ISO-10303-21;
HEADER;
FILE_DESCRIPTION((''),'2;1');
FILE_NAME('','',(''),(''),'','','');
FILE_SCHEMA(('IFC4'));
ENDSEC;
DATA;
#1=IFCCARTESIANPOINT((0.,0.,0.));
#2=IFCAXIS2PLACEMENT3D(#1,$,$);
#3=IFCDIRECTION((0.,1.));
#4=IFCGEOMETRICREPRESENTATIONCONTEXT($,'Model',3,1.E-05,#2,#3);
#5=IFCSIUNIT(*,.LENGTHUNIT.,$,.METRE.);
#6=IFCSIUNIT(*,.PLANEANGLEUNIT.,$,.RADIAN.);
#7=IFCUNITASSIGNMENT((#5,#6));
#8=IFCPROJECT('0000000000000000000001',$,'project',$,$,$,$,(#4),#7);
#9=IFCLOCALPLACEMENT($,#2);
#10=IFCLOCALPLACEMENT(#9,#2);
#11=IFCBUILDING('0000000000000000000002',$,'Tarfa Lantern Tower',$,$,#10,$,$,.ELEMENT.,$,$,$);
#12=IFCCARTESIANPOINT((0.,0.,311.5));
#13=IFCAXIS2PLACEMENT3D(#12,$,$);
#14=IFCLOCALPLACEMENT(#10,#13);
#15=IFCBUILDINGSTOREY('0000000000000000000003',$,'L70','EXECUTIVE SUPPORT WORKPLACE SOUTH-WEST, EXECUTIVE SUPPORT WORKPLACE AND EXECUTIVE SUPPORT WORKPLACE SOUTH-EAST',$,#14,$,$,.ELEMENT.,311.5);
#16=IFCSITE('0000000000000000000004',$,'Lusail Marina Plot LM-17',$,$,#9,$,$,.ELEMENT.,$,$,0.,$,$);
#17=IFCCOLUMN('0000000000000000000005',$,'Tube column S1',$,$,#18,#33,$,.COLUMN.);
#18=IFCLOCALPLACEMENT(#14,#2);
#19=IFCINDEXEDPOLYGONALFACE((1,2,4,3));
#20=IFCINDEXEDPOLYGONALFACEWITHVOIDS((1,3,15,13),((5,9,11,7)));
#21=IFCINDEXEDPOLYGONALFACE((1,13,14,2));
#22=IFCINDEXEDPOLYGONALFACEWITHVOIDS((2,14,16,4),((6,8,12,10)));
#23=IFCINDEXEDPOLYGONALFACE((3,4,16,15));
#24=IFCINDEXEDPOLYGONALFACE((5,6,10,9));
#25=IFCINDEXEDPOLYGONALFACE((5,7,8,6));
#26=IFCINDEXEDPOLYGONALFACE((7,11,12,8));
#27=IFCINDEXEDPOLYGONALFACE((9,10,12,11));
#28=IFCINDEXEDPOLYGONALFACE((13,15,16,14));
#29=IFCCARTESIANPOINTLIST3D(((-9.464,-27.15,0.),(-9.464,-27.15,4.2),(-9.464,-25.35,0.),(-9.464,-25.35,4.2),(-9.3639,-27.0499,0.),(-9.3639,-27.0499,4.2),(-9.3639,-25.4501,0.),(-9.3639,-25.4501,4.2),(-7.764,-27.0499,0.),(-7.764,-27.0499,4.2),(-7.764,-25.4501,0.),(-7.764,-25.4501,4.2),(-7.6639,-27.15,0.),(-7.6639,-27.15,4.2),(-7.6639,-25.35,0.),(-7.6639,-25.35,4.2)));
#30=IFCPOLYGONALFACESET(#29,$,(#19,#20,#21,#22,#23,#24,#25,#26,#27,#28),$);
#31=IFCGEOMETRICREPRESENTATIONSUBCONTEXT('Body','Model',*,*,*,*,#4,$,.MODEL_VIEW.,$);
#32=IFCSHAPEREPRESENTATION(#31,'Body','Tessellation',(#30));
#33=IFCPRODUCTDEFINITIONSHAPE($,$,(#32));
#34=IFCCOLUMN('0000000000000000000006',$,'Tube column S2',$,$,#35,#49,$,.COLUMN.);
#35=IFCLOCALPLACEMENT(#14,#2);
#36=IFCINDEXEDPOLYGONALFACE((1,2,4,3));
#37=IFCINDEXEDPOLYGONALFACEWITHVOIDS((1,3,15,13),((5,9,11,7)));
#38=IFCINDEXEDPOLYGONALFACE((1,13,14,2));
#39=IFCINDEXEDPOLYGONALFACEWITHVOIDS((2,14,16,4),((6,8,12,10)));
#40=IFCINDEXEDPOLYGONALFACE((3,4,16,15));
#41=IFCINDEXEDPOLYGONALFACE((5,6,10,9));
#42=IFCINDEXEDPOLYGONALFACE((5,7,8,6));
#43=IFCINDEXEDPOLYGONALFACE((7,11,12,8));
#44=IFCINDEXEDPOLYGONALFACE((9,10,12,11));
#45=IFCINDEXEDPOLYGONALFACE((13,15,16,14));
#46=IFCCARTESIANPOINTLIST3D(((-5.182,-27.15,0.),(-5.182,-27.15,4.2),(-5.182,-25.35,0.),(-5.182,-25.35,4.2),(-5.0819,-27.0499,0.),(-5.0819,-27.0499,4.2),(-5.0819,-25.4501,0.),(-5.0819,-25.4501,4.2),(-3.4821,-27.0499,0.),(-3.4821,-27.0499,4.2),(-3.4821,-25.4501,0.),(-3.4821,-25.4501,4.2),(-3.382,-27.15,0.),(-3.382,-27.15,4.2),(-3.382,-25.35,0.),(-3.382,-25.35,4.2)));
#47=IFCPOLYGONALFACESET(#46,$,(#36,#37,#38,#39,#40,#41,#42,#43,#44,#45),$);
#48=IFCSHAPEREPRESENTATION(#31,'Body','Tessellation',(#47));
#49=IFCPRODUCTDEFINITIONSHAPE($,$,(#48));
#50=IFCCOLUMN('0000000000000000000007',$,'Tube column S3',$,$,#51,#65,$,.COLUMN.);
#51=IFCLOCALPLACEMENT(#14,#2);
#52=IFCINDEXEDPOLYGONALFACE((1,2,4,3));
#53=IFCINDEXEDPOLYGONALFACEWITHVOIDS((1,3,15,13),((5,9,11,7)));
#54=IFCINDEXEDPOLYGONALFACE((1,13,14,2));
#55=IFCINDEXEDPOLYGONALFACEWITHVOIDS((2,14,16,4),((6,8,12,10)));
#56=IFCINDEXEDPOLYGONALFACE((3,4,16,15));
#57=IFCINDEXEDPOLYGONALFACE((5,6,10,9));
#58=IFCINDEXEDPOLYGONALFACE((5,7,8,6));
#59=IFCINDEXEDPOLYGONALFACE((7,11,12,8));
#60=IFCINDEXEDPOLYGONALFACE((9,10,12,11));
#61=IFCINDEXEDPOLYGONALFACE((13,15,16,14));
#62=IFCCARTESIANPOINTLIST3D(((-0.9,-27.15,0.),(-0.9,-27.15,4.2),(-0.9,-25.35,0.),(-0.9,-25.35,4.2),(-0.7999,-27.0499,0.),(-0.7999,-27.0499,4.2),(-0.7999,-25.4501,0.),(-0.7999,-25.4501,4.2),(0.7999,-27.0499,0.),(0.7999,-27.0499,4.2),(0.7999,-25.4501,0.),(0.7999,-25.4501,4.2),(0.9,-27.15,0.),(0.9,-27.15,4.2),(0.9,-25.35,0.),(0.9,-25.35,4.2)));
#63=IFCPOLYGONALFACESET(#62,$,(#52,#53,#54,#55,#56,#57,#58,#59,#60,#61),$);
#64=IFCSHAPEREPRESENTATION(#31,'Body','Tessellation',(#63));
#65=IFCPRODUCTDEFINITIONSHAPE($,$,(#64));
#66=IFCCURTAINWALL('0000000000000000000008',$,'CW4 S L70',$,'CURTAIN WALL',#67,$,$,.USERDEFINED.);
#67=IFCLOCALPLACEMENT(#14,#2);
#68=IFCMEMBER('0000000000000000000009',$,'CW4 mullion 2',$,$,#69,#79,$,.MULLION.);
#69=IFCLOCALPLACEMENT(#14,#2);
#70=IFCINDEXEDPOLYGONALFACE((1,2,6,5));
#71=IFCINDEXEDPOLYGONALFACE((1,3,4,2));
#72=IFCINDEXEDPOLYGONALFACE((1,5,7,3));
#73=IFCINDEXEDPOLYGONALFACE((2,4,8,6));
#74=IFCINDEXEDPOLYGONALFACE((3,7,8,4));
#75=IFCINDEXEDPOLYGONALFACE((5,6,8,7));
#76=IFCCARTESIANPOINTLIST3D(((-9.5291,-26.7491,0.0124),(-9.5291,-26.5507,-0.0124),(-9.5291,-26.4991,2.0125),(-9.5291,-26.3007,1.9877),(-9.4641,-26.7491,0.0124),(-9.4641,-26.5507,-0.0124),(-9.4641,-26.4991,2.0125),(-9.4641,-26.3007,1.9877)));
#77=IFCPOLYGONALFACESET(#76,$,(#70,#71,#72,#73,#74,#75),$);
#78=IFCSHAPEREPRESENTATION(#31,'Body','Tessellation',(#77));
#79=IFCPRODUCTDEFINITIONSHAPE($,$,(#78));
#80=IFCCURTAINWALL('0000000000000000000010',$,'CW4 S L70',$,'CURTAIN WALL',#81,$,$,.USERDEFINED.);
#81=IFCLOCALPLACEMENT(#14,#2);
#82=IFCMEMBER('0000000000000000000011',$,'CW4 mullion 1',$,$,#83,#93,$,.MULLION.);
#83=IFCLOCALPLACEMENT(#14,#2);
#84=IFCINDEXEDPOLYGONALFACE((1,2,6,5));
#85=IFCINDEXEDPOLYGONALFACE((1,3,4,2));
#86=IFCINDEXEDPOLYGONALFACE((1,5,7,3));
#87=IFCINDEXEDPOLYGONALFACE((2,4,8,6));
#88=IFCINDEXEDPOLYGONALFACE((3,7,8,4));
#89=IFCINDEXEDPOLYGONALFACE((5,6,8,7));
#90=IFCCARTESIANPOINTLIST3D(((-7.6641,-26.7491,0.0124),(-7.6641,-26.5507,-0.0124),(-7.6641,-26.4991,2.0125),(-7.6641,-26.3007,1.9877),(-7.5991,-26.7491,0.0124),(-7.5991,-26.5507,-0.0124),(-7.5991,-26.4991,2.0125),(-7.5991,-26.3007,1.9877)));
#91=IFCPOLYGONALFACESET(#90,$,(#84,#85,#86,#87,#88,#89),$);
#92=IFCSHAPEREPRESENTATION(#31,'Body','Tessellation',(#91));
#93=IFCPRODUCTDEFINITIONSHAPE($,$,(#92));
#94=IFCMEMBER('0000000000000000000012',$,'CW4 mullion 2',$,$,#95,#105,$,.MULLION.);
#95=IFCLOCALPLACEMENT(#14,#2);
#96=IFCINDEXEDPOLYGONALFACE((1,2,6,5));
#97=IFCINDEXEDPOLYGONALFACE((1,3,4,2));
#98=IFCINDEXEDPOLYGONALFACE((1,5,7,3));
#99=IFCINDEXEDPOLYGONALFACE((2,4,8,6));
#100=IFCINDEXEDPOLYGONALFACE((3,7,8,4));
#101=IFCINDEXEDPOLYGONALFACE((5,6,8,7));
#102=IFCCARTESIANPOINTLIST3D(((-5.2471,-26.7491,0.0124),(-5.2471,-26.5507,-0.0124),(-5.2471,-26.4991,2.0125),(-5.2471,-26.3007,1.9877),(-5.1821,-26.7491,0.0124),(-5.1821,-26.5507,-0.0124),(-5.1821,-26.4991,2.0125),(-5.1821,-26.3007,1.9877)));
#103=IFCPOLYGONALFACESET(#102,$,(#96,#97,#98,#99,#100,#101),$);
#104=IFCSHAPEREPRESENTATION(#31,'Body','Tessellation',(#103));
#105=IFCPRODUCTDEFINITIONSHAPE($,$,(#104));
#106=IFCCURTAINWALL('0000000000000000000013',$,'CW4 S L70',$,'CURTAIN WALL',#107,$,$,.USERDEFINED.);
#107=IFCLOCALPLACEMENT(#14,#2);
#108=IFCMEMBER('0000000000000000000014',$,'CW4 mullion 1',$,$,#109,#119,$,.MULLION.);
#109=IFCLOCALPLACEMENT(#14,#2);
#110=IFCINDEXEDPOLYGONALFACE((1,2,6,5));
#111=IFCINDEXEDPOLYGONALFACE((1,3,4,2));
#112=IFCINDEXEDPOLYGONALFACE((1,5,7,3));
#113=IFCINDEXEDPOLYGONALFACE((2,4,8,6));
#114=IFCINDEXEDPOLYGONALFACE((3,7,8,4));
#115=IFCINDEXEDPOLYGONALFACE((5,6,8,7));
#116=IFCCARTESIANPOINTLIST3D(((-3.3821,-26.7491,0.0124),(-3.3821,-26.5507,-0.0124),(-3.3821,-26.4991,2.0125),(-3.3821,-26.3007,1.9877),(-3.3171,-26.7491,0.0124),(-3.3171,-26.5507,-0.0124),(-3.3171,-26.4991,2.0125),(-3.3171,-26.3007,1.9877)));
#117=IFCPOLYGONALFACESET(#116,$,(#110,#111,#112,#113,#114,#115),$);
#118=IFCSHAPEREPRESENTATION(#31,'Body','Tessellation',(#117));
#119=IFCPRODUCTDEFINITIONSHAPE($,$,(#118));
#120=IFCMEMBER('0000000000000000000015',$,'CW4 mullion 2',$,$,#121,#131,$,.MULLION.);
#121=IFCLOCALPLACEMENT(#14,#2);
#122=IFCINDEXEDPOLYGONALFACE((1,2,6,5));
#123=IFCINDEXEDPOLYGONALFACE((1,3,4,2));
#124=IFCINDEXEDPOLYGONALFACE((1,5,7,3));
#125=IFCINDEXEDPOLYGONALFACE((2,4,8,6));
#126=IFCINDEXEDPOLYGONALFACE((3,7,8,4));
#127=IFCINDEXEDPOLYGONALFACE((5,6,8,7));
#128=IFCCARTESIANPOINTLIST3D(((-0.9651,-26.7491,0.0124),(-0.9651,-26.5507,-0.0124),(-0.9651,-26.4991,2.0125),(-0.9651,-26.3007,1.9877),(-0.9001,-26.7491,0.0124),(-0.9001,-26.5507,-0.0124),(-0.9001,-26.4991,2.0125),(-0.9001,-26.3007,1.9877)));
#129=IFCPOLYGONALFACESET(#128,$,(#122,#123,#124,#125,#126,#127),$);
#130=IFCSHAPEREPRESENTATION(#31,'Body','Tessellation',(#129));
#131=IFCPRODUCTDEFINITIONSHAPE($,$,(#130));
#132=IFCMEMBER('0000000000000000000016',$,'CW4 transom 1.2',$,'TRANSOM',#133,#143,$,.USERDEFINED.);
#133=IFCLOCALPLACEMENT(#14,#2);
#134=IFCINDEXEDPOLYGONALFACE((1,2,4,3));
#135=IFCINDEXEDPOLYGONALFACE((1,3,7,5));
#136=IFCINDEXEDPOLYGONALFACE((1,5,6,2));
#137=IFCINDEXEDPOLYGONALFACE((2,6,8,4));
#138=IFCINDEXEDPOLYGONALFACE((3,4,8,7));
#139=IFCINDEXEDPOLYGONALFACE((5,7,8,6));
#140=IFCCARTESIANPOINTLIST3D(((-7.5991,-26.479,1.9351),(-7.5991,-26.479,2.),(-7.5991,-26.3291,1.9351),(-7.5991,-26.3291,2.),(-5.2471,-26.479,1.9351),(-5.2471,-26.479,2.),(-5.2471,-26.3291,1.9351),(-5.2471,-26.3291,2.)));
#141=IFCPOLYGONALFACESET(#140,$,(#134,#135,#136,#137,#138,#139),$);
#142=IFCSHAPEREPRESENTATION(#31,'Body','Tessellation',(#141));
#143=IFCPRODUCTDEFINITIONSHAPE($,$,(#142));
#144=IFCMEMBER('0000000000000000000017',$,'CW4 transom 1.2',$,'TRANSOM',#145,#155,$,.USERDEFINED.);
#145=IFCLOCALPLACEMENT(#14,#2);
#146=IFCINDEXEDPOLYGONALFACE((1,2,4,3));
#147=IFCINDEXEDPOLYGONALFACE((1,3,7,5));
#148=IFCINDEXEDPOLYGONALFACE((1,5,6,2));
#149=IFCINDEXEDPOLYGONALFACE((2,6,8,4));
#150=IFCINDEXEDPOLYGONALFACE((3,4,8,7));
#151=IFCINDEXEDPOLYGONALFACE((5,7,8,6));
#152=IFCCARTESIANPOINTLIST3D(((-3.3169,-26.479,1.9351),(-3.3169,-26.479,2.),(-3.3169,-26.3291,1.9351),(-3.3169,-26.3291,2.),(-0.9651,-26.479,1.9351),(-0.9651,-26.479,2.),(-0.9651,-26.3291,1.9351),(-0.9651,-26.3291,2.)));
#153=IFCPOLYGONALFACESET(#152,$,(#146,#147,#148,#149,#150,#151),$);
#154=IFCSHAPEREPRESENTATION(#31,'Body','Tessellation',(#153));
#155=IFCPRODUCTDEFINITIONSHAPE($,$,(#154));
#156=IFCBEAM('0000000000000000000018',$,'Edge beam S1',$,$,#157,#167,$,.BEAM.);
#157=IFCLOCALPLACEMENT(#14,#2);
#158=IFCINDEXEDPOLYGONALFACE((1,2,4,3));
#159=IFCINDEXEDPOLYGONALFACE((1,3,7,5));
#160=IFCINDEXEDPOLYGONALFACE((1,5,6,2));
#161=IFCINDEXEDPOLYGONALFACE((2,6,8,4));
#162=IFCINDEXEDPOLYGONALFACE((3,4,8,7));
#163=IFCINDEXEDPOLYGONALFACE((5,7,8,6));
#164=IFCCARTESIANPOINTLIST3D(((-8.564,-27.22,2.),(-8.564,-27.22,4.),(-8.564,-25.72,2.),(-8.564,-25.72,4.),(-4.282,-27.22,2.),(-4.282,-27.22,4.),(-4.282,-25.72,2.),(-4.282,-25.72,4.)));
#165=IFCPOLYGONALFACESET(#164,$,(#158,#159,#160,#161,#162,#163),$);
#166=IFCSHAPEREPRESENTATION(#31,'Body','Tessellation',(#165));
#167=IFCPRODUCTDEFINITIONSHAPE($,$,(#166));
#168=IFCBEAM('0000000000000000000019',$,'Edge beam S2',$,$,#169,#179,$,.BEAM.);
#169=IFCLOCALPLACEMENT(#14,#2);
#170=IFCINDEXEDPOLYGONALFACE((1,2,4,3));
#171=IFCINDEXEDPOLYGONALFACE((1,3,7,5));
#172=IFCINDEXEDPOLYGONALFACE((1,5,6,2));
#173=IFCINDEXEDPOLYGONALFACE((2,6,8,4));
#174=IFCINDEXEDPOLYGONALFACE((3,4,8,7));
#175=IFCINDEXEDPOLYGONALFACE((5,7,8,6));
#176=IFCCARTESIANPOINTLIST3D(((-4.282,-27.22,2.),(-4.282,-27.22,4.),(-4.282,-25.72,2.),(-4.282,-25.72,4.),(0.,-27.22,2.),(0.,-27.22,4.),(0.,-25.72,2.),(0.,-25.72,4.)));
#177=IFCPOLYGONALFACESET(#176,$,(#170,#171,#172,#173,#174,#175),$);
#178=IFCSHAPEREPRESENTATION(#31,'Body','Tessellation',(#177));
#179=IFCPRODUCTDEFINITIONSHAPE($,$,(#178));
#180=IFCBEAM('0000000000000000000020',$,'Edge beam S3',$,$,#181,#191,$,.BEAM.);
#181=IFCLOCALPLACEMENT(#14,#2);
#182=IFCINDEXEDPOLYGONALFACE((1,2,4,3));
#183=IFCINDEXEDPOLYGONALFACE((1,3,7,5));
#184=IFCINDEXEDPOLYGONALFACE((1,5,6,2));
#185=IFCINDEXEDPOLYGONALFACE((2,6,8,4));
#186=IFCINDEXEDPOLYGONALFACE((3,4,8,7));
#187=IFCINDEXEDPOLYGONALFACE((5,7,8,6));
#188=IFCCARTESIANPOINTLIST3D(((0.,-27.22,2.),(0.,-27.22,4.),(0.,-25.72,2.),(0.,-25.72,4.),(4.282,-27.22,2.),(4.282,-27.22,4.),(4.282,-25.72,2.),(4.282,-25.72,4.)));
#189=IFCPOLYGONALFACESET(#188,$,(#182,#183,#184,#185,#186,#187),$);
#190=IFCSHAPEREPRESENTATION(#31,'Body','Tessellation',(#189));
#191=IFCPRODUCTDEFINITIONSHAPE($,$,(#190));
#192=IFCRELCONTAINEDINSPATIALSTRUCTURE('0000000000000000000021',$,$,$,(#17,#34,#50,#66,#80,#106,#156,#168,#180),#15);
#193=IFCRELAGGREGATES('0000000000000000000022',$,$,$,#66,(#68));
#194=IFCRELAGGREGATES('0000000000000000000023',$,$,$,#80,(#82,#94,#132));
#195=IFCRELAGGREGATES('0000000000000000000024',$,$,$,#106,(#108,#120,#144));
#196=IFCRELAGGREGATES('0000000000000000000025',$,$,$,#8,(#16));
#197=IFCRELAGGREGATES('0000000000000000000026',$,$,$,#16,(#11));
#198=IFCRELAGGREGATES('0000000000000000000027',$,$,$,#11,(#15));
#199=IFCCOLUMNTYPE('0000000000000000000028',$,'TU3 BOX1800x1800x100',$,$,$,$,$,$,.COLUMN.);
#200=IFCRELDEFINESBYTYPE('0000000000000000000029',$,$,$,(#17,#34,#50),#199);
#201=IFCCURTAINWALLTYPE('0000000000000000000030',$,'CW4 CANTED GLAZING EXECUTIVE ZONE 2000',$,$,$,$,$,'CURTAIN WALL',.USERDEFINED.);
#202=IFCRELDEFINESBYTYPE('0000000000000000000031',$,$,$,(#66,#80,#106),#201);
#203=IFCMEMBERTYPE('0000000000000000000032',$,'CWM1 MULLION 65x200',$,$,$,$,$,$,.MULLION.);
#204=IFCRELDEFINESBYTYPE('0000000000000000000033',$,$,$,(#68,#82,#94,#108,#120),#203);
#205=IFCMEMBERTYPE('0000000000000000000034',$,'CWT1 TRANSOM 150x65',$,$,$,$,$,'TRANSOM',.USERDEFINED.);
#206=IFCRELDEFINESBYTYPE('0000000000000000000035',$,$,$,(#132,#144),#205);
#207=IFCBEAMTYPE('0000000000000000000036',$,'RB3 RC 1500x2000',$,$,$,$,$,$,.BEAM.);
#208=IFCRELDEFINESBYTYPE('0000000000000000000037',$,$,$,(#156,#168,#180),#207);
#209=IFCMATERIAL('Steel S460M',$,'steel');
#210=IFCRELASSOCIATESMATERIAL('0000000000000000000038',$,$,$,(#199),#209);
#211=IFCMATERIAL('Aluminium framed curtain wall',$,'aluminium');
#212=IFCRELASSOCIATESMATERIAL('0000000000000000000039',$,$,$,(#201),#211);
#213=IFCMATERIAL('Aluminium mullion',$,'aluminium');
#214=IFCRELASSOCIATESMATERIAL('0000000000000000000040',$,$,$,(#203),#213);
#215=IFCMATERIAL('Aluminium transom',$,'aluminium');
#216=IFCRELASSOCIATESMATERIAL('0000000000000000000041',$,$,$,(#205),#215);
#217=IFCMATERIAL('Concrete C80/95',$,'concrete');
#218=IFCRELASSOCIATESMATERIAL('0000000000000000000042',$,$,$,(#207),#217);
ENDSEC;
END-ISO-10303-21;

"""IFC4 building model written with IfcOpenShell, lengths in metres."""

from ifc_helpers import new_model, si_unit, direction, frame, origin, origin_2d, place, context, subcontext, project, spatial, rectangle, hollow_rectangle, extrude, material, material_profile, profile_set, type_object, element, aggregate, save


model = new_model("IFC4")

# Units and contexts
model_context = context("Model", 3, precision=1e-05, world=origin(), true_north=direction((0.0, 1.0)))
body_context = subcontext(model_context, "Body", "Model", "MODEL_VIEW")
ifc_project = project(units=[si_unit("LENGTHUNIT", "METRE"), si_unit("PLANEANGLEUNIT", "RADIAN")], contexts=[model_context])

# Site, building, storey
site_placement = place(None, origin())
site = spatial("IfcSite", under=ifc_project, at=site_placement, Name="Lusail Marina Plot LM-17", CompositionType="ELEMENT", RefElevation=0.0)
building_placement = place(site_placement, origin())
building = spatial("IfcBuilding", under=site, at=building_placement, Name="Tarfa Lantern Tower", CompositionType="ELEMENT")
storey_placement = place(building_placement, frame((0.0, 0.0, 311.5)))
storey = spatial("IfcBuildingStorey", under=building, at=storey_placement, Name="L70", Description="EXECUTIVE SUPPORT WORKPLACE SOUTH-WEST, EXECUTIVE SUPPORT WORKPLACE AND EXECUTIVE SUPPORT WORKPLACE SOUTH-EAST", CompositionType="ELEMENT", Elevation=311.5)

# Columns
ifc_material_1 = material(Name="Steel S460M", Category="steel")
ifc_material_profile_1 = material_profile(ifc_material_1, hollow_rectangle(XDim=1.8, YDim=1.8, WallThickness=0.1001, at=origin_2d()), Name="BOX1800x1800x100")
ifc_profile_set_1 = profile_set([ifc_material_profile_1], Name="Steel S460M")
column_type = type_object("IfcColumnType", Name="TU3 BOX1800x1800x100", PredefinedType="COLUMN", material=ifc_profile_set_1)
for number, where, z_axis, x_axis, name in (
    (1, (-8.564, -26.25, 0.0), (0.0, 0.0, 1.0), (1.0, 0.0, 0.0), "Tube column S1"),
    (2, (-4.282, -26.25, 0.0), (0.0, 0.0, 1.0), (1.0, 0.0, 0.0), "Tube column S2"),
    (3, (0.0, -26.25, 0.0), (0.0, 0.0, 1.0), (1.0, 0.0, 0.0), "Tube column S3"),
):
    element("IfcColumn", number, at=place(storey_placement, frame(where, z_axis=z_axis, x_axis=x_axis)), inside=storey, type_object=column_type, Name=name, PredefinedType="COLUMN", context=body_context, shape_type="SweptSolid", body=[
        extrude(hollow_rectangle(XDim=1.8, YDim=1.8, WallThickness=0.1001, at=origin_2d()), origin(), (0.0, 0.0, 1.0), 4.2),
    ])

# Curtain wall, member
ifc_material_2 = material(Name="Aluminium framed curtain wall", Category="aluminium")
curtain_wall_type = type_object("IfcCurtainWallType", Name="CW4 CANTED GLAZING EXECUTIVE ZONE 2000", ElementType="CURTAIN WALL", PredefinedType="USERDEFINED", material=ifc_material_2)
curtain_wall_1_placement = place(storey_placement, origin())
curtain_wall_1 = element("IfcCurtainWall", 4, at=curtain_wall_1_placement, inside=storey, type_object=curtain_wall_type, Name="CW4 S L70", ObjectType="CURTAIN WALL", PredefinedType="USERDEFINED")
ifc_material_3 = material(Name="Aluminium mullion", Category="aluminium")
ifc_material_profile_2 = material_profile(ifc_material_3, rectangle(XDim=0.0649, YDim=0.2, at=origin_2d()), Name="AL MULLION 65x200")
ifc_profile_set_2 = profile_set([ifc_material_profile_2], Name="Aluminium mullion")
member_type_1 = type_object("IfcMemberType", Name="CWM1 MULLION 65x200", PredefinedType="MULLION", material=ifc_profile_set_2)
member_1_placement = place(storey_placement, frame((-9.4966, -26.6499, 0.0), z_axis=(0.0, 0.124035, 0.992278), x_axis=(-1.0, 0.0, 0.0)))
member_1 = element("IfcMember", 5, at=member_1_placement, type_object=member_type_1, Name="CW4 mullion 2", PredefinedType="MULLION", context=body_context, shape_type="SweptSolid", body=[
    extrude(rectangle(XDim=0.0649, YDim=0.2, at=origin_2d()), origin(), (0.0, 0.0, 1.0), 2.0156),
])
aggregate(curtain_wall_1, [member_1])

# Curtain walls, members
curtain_wall_2_placement = place(storey_placement, origin())
curtain_wall_2 = element("IfcCurtainWall", 6, at=curtain_wall_2_placement, inside=storey, type_object=curtain_wall_type, Name="CW4 S L70", ObjectType="CURTAIN WALL", PredefinedType="USERDEFINED")
member_2_placement = place(storey_placement, frame((-7.6316, -26.6499, 0.0), z_axis=(0.0, 0.124035, 0.992278), x_axis=(-1.0, 0.0, 0.0)))
member_2 = element("IfcMember", 7, at=member_2_placement, type_object=member_type_1, Name="CW4 mullion 1", PredefinedType="MULLION", context=body_context, shape_type="SweptSolid", body=[
    extrude(rectangle(XDim=0.0649, YDim=0.2, at=origin_2d()), origin(), (0.0, 0.0, 1.0), 2.0156),
])
member_3_placement = place(storey_placement, frame((-5.2146, -26.6499, 0.0), z_axis=(0.0, 0.124035, 0.992278), x_axis=(-1.0, 0.0, 0.0)))
member_3 = element("IfcMember", 8, at=member_3_placement, type_object=member_type_1, Name="CW4 mullion 2", PredefinedType="MULLION", context=body_context, shape_type="SweptSolid", body=[
    extrude(rectangle(XDim=0.0649, YDim=0.2, at=origin_2d()), origin(), (0.0, 0.0, 1.0), 2.0156),
])
curtain_wall_3_placement = place(storey_placement, origin())
curtain_wall_3 = element("IfcCurtainWall", 9, at=curtain_wall_3_placement, inside=storey, type_object=curtain_wall_type, Name="CW4 S L70", ObjectType="CURTAIN WALL", PredefinedType="USERDEFINED")
member_4_placement = place(storey_placement, frame((-3.3496, -26.6499, 0.0), z_axis=(0.0, 0.124035, 0.992278), x_axis=(-1.0, 0.0, 0.0)))
member_4 = element("IfcMember", 10, at=member_4_placement, type_object=member_type_1, Name="CW4 mullion 1", PredefinedType="MULLION", context=body_context, shape_type="SweptSolid", body=[
    extrude(rectangle(XDim=0.0649, YDim=0.2, at=origin_2d()), origin(), (0.0, 0.0, 1.0), 2.0156),
])
member_5_placement = place(storey_placement, frame((-0.9326, -26.6499, 0.0), z_axis=(0.0, 0.124035, 0.992278), x_axis=(-1.0, 0.0, 0.0)))
member_5 = element("IfcMember", 11, at=member_5_placement, type_object=member_type_1, Name="CW4 mullion 2", PredefinedType="MULLION", context=body_context, shape_type="SweptSolid", body=[
    extrude(rectangle(XDim=0.0649, YDim=0.2, at=origin_2d()), origin(), (0.0, 0.0, 1.0), 2.0156),
])

# Members
ifc_material_4 = material(Name="Aluminium transom", Category="aluminium")
ifc_material_profile_3 = material_profile(ifc_material_4, rectangle(XDim=0.1499, YDim=0.0649, at=origin_2d()), Name="AL TRANSOM 150x65")
ifc_profile_set_3 = profile_set([ifc_material_profile_3], Name="Aluminium transom")
member_type_2 = type_object("IfcMemberType", Name="CWT1 TRANSOM 150x65", ElementType="TRANSOM", PredefinedType="USERDEFINED", material=ifc_profile_set_3)
member_6_placement = place(storey_placement, frame((-7.5991, -26.4041, 1.9675), z_axis=(1.0, 0.0, 0.0), x_axis=(0.0, 1.0, 0.0)))
member_6 = element("IfcMember", 12, at=member_6_placement, type_object=member_type_2, Name="CW4 transom 1.2", ObjectType="TRANSOM", PredefinedType="USERDEFINED", context=body_context, shape_type="SweptSolid", body=[
    extrude(rectangle(XDim=0.1499, YDim=0.0649, at=origin_2d()), origin(), (0.0, 0.0, 1.0), 2.3521),
])
member_7_placement = place(storey_placement, frame((-3.3169, -26.4041, 1.9675), z_axis=(1.0, 0.0, 0.0), x_axis=(0.0, 1.0, 0.0)))
member_7 = element("IfcMember", 13, at=member_7_placement, type_object=member_type_2, Name="CW4 transom 1.2", ObjectType="TRANSOM", PredefinedType="USERDEFINED", context=body_context, shape_type="SweptSolid", body=[
    extrude(rectangle(XDim=0.1499, YDim=0.0649, at=origin_2d()), origin(), (0.0, 0.0, 1.0), 2.3518),
])

# Beams
ifc_material_5 = material(Name="Concrete C80/95", Category="concrete")
ifc_material_profile_4 = material_profile(ifc_material_5, rectangle(XDim=1.5, YDim=2.0, at=origin_2d()), Name="RC 1500x2000")
ifc_profile_set_4 = profile_set([ifc_material_profile_4], Name="Concrete C80/95")
beam_type_1 = type_object("IfcBeamType", Name="RB3 RC 1500x2000", PredefinedType="BEAM", material=ifc_profile_set_4)
for number, where, z_axis, x_axis, name in (
    (14, (-8.564, -26.47, 3.0), (1.0, 0.0, 0.0), (0.0, 1.0, 0.0), "Edge beam S1"),
    (15, (-4.282, -26.47, 3.0), (1.0, 0.0, 0.0), (0.0, 1.0, 0.0), "Edge beam S2"),
    (16, (0.0, -26.47, 3.0), (1.0, 0.0, 0.0), (0.0, 1.0, 0.0), "Edge beam S3"),
):
    element("IfcBeam", number, at=place(storey_placement, frame(where, z_axis=z_axis, x_axis=x_axis)), inside=storey, type_object=beam_type_1, Name=name, PredefinedType="BEAM", context=body_context, shape_type="SweptSolid", body=[
        extrude(rectangle(XDim=1.5, YDim=2.0, at=origin_2d()), origin(), (0.0, 0.0, 1.0), 4.282),
    ])

aggregate(curtain_wall_2, [member_2, member_3, member_6])
aggregate(curtain_wall_3, [member_4, member_5, member_7])

save(model, "model.ifc")
